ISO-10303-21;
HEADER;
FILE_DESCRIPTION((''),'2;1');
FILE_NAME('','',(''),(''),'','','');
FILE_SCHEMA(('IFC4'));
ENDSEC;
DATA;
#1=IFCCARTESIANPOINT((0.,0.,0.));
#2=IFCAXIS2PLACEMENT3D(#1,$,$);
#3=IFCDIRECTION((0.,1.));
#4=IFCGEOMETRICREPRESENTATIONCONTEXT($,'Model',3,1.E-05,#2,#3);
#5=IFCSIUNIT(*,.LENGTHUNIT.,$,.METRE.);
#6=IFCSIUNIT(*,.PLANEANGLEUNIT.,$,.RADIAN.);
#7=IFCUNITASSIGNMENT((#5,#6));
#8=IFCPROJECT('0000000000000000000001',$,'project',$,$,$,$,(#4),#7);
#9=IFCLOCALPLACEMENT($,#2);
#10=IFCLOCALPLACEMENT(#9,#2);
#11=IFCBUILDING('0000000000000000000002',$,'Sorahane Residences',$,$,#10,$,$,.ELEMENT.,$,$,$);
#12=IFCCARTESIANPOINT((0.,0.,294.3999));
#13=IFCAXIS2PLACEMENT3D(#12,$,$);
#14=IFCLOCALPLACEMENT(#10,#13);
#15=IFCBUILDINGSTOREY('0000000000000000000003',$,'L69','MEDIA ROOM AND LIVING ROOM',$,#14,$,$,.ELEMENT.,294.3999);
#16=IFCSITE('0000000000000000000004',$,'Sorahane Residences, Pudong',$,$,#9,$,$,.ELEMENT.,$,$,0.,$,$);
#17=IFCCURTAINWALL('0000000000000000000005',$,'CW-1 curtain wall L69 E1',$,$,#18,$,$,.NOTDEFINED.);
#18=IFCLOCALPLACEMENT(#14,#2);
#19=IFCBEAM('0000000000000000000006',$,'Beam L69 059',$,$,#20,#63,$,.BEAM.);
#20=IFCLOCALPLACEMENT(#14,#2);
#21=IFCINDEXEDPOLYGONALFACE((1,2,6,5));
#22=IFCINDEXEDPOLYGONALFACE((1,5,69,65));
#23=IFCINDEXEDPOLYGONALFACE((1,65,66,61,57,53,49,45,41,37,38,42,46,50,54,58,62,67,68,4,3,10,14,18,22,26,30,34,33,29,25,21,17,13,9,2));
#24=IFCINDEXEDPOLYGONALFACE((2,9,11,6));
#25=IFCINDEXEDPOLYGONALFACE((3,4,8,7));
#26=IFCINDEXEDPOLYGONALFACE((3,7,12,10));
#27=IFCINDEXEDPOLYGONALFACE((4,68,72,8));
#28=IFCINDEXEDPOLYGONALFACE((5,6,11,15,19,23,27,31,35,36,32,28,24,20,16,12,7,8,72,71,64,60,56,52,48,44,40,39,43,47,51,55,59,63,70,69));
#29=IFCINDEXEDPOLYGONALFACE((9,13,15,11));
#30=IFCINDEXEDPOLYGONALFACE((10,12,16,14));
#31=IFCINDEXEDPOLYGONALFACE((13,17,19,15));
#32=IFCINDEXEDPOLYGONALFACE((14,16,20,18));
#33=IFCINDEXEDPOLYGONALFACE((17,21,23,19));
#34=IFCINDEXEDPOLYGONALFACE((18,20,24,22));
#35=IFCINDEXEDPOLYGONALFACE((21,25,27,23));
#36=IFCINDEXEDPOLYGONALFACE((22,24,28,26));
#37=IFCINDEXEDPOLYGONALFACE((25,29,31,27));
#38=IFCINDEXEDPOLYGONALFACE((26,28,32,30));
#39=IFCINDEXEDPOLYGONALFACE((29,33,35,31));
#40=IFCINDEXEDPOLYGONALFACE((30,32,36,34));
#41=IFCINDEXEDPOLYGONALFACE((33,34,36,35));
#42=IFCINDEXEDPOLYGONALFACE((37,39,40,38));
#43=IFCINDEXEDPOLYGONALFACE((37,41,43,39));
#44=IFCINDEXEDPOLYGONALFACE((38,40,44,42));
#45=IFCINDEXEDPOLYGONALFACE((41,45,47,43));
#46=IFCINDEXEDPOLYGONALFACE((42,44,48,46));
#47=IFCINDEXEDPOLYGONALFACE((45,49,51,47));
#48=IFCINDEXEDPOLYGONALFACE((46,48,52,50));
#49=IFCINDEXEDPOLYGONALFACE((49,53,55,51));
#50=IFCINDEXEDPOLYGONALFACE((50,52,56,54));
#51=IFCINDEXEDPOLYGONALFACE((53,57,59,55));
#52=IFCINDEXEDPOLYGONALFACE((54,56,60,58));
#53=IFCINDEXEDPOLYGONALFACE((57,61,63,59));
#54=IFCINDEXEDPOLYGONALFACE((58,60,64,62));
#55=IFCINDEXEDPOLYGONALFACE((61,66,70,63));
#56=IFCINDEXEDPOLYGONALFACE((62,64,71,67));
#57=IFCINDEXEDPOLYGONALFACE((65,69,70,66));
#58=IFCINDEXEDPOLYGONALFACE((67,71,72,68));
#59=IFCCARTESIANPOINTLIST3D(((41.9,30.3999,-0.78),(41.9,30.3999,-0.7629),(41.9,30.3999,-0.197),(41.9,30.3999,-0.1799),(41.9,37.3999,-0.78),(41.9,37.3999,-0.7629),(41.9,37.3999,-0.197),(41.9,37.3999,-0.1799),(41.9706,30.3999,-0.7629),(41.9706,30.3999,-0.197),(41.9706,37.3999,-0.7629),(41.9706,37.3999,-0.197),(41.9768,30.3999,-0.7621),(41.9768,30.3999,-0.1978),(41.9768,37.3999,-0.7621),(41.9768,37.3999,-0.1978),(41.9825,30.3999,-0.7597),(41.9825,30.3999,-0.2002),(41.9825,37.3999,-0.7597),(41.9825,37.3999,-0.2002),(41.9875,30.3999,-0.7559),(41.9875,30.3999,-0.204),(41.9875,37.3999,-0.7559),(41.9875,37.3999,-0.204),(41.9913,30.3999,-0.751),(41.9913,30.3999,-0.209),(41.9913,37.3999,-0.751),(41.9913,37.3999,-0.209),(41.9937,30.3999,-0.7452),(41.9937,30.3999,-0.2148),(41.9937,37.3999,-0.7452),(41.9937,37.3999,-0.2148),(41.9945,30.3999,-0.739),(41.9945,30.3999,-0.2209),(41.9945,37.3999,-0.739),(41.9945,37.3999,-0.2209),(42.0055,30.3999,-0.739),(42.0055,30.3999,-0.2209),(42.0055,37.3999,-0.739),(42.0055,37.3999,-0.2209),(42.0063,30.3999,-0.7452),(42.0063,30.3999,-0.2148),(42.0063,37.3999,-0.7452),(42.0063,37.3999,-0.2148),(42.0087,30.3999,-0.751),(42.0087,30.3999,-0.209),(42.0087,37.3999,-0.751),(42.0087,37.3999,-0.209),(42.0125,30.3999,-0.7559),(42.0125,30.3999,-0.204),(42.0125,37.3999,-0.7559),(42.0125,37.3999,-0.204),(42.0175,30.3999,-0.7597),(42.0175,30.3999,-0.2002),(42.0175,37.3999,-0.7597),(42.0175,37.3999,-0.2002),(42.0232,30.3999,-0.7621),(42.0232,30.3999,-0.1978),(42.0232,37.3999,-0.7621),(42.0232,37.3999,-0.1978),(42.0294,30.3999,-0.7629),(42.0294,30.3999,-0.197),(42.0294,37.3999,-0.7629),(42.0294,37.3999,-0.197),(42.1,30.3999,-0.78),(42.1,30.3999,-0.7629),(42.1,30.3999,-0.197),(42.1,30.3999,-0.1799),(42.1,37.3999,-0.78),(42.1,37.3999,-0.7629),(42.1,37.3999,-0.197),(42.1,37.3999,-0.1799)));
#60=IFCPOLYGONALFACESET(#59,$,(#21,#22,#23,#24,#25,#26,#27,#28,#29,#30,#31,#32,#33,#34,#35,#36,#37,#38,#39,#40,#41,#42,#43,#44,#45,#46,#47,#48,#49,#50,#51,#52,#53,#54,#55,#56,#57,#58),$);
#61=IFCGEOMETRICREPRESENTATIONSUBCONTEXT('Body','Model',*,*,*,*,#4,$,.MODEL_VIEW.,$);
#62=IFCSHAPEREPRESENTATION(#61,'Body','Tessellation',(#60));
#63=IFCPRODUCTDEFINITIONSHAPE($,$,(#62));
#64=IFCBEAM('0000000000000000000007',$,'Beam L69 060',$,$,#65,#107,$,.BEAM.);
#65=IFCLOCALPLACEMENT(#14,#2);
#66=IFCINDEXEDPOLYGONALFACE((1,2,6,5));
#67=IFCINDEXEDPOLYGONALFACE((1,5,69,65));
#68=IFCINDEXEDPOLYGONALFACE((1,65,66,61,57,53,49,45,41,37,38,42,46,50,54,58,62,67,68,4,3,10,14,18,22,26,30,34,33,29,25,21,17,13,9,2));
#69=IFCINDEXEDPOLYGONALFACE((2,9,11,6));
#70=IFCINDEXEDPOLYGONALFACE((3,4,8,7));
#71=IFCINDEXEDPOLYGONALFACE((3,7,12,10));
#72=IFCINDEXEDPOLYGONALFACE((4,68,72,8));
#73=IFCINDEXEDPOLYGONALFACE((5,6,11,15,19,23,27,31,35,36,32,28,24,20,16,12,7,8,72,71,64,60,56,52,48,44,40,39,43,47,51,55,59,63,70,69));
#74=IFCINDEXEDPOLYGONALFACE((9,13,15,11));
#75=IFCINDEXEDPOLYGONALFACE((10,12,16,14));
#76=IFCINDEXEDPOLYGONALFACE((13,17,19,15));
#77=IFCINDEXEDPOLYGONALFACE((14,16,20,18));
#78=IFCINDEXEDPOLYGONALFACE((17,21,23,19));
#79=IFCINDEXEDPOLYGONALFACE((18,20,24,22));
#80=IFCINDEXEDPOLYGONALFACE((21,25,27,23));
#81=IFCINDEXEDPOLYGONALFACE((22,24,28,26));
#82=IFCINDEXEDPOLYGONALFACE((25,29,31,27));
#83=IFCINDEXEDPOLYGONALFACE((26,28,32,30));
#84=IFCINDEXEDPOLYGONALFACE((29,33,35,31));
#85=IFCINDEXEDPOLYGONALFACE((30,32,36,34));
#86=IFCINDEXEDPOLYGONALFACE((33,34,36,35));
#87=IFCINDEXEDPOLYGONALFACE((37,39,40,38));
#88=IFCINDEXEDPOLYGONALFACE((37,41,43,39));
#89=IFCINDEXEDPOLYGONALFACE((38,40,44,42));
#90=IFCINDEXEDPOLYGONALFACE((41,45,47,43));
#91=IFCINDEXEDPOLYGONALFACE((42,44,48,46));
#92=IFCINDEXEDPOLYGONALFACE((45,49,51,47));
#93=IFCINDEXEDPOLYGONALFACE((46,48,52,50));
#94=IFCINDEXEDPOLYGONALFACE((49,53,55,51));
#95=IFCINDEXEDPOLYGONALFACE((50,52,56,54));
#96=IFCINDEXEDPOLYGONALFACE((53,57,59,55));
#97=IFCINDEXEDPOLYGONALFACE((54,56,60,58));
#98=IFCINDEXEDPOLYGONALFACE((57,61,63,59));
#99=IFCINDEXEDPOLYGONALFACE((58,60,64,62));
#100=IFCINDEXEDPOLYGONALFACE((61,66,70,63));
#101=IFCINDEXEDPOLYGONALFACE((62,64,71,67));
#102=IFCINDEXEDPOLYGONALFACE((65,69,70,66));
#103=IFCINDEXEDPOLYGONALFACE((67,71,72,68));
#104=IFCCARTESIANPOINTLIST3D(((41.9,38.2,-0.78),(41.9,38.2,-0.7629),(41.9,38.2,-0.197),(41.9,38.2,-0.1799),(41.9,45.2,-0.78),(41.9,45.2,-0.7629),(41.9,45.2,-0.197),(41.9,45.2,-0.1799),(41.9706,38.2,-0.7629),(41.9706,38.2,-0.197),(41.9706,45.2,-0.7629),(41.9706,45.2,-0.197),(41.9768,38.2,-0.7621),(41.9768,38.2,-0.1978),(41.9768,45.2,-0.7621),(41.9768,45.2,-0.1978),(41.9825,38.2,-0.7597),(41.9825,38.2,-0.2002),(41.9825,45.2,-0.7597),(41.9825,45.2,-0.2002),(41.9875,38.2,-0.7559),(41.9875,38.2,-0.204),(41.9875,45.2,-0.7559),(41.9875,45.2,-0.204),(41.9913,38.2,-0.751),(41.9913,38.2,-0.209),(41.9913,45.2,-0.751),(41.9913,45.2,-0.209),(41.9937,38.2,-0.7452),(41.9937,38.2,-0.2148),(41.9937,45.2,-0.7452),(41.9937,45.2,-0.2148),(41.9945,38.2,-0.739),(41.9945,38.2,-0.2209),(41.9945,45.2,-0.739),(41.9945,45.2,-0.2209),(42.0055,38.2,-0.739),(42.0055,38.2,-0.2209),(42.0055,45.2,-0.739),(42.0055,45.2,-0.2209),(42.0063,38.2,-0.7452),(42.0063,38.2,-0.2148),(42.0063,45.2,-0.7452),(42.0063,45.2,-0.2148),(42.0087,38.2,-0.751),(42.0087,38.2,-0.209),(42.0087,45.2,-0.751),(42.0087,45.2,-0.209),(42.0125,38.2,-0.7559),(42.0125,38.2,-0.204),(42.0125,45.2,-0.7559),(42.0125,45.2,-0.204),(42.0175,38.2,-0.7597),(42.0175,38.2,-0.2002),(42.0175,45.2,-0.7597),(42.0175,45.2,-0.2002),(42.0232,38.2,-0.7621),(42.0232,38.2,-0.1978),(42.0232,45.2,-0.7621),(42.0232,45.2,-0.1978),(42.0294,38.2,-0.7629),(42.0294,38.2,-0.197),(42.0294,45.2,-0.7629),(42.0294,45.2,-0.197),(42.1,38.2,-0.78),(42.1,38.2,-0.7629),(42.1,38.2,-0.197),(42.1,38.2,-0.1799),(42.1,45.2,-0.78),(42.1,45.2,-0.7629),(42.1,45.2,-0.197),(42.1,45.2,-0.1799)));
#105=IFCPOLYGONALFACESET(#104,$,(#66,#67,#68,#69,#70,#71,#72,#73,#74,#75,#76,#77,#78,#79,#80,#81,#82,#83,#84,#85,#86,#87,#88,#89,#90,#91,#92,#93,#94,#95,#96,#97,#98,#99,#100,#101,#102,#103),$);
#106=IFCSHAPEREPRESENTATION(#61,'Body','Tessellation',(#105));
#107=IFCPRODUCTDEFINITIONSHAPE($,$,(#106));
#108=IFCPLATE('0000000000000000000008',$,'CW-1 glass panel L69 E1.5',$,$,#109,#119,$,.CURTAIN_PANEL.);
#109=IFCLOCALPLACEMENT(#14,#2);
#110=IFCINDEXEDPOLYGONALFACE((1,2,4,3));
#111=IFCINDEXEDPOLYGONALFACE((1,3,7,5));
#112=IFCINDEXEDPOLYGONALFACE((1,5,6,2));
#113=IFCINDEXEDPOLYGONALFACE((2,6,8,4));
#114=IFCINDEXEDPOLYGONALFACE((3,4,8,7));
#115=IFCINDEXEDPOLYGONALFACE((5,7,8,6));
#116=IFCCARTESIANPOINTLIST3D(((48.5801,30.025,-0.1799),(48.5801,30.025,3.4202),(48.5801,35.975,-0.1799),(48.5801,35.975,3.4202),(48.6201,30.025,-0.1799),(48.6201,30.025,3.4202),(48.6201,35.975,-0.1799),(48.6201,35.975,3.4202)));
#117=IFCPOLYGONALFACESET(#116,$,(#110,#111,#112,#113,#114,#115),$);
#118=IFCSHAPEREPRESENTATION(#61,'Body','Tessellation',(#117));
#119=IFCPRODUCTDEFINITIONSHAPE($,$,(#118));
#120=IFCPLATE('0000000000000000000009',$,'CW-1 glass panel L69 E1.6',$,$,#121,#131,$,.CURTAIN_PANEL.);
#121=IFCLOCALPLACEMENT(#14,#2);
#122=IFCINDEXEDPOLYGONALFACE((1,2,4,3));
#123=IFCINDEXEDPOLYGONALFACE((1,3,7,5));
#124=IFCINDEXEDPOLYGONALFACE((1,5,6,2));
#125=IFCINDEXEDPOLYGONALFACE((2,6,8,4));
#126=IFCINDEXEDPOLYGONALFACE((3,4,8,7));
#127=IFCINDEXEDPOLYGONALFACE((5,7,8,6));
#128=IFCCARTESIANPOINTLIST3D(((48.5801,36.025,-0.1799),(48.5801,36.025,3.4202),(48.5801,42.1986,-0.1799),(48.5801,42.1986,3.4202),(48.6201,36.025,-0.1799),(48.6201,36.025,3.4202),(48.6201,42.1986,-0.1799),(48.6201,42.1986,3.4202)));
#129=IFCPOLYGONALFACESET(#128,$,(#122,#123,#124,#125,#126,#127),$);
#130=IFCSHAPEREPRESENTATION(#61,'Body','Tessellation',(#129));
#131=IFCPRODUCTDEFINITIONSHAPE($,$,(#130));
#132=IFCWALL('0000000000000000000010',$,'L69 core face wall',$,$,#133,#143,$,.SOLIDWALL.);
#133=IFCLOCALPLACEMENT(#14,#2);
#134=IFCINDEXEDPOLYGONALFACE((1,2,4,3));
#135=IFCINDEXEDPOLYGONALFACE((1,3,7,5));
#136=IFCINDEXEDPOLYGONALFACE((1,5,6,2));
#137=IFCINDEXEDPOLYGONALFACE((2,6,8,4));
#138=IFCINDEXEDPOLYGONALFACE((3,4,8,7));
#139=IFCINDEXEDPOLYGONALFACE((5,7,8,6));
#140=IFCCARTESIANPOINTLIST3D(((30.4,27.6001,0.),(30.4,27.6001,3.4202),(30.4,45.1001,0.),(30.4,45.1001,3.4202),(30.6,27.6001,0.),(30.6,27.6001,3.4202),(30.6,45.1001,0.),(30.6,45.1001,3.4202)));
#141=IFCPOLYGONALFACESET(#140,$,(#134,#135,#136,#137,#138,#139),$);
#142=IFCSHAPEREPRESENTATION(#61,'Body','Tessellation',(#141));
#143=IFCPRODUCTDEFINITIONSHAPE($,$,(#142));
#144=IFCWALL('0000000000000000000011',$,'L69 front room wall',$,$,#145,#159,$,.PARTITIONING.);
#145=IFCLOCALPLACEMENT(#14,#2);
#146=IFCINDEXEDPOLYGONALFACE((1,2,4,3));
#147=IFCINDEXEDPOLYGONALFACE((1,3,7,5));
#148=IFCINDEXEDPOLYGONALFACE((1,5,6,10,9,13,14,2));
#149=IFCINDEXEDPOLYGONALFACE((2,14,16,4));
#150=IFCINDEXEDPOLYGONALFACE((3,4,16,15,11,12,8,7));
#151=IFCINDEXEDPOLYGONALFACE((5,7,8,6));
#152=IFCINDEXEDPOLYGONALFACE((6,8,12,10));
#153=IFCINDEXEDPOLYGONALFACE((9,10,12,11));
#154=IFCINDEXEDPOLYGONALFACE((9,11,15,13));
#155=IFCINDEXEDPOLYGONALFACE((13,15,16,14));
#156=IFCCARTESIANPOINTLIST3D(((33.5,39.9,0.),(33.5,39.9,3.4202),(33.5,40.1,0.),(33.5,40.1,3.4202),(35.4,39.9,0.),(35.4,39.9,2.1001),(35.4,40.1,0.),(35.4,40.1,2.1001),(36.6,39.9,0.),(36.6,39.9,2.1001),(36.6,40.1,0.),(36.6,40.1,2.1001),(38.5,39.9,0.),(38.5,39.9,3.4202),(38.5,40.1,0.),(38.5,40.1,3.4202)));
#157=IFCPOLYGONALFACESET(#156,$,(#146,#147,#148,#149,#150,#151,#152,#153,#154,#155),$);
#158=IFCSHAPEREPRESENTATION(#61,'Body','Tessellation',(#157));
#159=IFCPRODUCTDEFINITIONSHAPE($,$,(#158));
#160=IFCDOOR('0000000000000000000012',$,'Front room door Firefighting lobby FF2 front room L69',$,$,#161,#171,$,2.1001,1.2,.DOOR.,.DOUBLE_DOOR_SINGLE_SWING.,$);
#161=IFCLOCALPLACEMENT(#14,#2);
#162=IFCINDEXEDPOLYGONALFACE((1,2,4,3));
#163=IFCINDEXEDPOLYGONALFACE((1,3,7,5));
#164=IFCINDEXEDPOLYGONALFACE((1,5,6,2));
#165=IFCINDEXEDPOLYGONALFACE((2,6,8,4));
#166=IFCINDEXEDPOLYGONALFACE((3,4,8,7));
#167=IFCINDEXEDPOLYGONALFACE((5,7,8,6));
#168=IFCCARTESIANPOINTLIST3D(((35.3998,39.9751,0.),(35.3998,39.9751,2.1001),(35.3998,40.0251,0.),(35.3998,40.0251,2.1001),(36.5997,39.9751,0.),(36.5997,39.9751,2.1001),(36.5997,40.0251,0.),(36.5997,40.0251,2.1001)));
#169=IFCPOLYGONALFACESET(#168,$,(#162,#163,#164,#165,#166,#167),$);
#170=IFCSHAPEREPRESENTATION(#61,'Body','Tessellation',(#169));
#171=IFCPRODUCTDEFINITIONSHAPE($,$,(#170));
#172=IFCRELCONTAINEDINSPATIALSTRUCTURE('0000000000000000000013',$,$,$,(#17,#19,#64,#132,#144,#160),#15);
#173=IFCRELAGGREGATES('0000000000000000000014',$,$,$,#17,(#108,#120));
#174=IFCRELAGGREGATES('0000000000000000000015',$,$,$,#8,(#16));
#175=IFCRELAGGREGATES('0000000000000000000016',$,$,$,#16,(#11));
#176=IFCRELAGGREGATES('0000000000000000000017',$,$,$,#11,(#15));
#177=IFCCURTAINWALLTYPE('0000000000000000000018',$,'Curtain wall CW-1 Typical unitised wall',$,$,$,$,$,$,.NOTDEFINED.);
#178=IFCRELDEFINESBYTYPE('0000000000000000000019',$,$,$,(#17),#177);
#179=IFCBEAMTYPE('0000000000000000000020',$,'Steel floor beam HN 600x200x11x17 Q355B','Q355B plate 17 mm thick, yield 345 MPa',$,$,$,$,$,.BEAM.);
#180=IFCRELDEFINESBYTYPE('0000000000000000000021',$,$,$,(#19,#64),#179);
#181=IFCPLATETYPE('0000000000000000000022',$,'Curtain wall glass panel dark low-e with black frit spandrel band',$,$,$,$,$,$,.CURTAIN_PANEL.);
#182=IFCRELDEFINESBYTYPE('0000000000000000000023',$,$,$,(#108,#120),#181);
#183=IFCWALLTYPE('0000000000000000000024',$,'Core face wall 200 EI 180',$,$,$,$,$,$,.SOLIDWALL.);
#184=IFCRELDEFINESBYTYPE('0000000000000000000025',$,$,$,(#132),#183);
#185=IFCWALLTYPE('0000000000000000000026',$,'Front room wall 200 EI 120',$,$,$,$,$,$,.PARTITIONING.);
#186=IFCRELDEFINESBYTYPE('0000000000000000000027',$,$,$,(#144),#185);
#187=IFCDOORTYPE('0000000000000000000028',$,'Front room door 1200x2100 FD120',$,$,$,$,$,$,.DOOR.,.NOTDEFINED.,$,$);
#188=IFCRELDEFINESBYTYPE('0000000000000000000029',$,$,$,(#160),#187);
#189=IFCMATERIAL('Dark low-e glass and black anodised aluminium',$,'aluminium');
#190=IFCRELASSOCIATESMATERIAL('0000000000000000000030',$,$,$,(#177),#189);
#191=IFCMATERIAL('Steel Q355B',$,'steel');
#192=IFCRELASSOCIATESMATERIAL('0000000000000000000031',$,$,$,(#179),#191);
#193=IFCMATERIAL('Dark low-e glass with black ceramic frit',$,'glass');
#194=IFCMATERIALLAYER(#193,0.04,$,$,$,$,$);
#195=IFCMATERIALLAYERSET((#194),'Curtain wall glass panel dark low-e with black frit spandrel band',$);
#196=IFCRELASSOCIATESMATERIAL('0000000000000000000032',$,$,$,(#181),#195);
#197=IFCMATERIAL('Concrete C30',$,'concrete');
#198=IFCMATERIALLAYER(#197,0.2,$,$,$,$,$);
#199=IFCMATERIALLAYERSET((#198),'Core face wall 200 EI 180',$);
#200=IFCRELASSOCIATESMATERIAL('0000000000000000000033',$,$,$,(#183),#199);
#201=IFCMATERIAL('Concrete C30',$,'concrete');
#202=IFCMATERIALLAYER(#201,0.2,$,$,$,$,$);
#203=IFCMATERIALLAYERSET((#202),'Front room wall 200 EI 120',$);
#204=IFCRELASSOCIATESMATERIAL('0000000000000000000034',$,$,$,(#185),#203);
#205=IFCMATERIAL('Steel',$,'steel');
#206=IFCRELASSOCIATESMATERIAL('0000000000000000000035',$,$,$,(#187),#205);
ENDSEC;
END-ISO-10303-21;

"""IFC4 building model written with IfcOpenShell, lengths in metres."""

from ifc_helpers import new_model, si_unit, direction, frame, frame_2d, origin, origin_2d, place, context, subcontext, project, spatial, rectangle, i_section, extrude, material, layer, layer_set, material_profile, profile_set, type_object, element, fill, aggregate, save


model = new_model("IFC4")

# Units and contexts
model_context = context("Model", 3, precision=1e-05, world=origin(), true_north=direction((0.0, 1.0)))
body_context = subcontext(model_context, "Body", "Model", "MODEL_VIEW")
ifc_project = project(units=[si_unit("LENGTHUNIT", "METRE"), si_unit("PLANEANGLEUNIT", "RADIAN")], contexts=[model_context])

# Site, building, storey
site_placement = place(None, origin())
site = spatial("IfcSite", under=ifc_project, at=site_placement, Name="Sorahane Residences, Pudong", CompositionType="ELEMENT", RefElevation=0.0)
building_placement = place(site_placement, origin())
building = spatial("IfcBuilding", under=site, at=building_placement, Name="Sorahane Residences", CompositionType="ELEMENT")
storey_placement = place(building_placement, frame((0.0, 0.0, 294.3999)))
storey = spatial("IfcBuildingStorey", under=building, at=storey_placement, Name="L69", Description="MEDIA ROOM AND LIVING ROOM", CompositionType="ELEMENT", Elevation=294.3999)

# Curtain wall
ifc_material_1 = material(Name="Dark low-e glass and black anodised aluminium", Category="aluminium")
curtain_wall_type = type_object("IfcCurtainWallType", Name="Curtain wall CW-1 Typical unitised wall", PredefinedType="NOTDEFINED", material=ifc_material_1)
curtain_wall_placement = place(storey_placement, origin())
curtain_wall = element("IfcCurtainWall", 1, at=curtain_wall_placement, inside=storey, type_object=curtain_wall_type, Name="CW-1 curtain wall L69 E1", PredefinedType="NOTDEFINED")

# Beams
ifc_material_2 = material(Name="Steel Q355B", Category="steel")
ifc_material_profile_1 = material_profile(ifc_material_2, i_section(OverallWidth=0.2, OverallDepth=0.6001, WebThickness=0.011, FlangeThickness=0.0171, FilletRadius=0.0239, at=origin_2d()), Name="HN 600x200x11x17")
ifc_profile_set_1 = profile_set([ifc_material_profile_1], Name="Steel Q355B")
beam_type_1 = type_object("IfcBeamType", Name="Steel floor beam HN 600x200x11x17 Q355B", Description="Q355B plate 17 mm thick, yield 345 MPa", PredefinedType="BEAM", material=ifc_profile_set_1)
for number, where, z_axis, x_axis, name in (
    (2, (42.0, 30.3999, -0.48), (0.0, 1.0, 0.0), (-1.0, 0.0, 0.0), "Beam L69 059"),
    (3, (42.0, 38.2, -0.48), (0.0, 1.0, 0.0), (-1.0, 0.0, 0.0), "Beam L69 060"),
):
    element("IfcBeam", number, at=place(storey_placement, frame(where, z_axis=z_axis, x_axis=x_axis)), inside=storey, type_object=beam_type_1, Name=name, PredefinedType="BEAM", context=body_context, shape_type="SweptSolid", body=[
        extrude(i_section(OverallWidth=0.2, OverallDepth=0.6001, WebThickness=0.011, FlangeThickness=0.0171, FilletRadius=0.0239, at=origin_2d()), origin(), (0.0, 0.0, 1.0), 7.0),
    ])

# Plates
ifc_material_3 = material(Name="Dark low-e glass with black ceramic frit", Category="glass")
ifc_layer_1 = layer(ifc_material_3, 0.04)
ifc_layer_set_1 = layer_set([ifc_layer_1], Name="Curtain wall glass panel dark low-e with black frit spandrel band")
plate_type = type_object("IfcPlateType", Name="Curtain wall glass panel dark low-e with black frit spandrel band", PredefinedType="CURTAIN_PANEL", material=ifc_layer_set_1)
plate_1_placement = place(storey_placement, frame((48.6001, 33.0, -0.1799), z_axis=(0.0, 0.0, 1.0), x_axis=(0.0, 1.0, 0.0)))
plate_1 = element("IfcPlate", 4, at=plate_1_placement, type_object=plate_type, Name="CW-1 glass panel L69 E1.5", PredefinedType="CURTAIN_PANEL", context=body_context, shape_type="SweptSolid", body=[
    extrude(rectangle(XDim=5.95, YDim=0.04, at=origin_2d()), origin(), (0.0, 0.0, 1.0), 3.6001),
])
plate_2_placement = place(storey_placement, frame((48.6001, 39.1118, -0.1799), z_axis=(0.0, 0.0, 1.0), x_axis=(0.0, 1.0, 0.0)))
plate_2 = element("IfcPlate", 5, at=plate_2_placement, type_object=plate_type, Name="CW-1 glass panel L69 E1.6", PredefinedType="CURTAIN_PANEL", context=body_context, shape_type="SweptSolid", body=[
    extrude(rectangle(XDim=6.1736, YDim=0.04, at=origin_2d()), origin(), (0.0, 0.0, 1.0), 3.6001),
])
aggregate(curtain_wall, [plate_1, plate_2])

# Wall
ifc_material_4 = material(Name="Concrete C30", Category="concrete")
ifc_layer_2 = layer(ifc_material_4, 0.2)
ifc_layer_set_2 = layer_set([ifc_layer_2], Name="Core face wall 200 EI 180")
wall_type_1 = type_object("IfcWallType", Name="Core face wall 200 EI 180", PredefinedType="SOLIDWALL", material=ifc_layer_set_2)
wall_1_placement = place(storey_placement, frame((30.5, 27.6001, 0.0), z_axis=(0.0, 0.0, 1.0), x_axis=(0.0, 1.0, 0.0)))
element("IfcWall", 6, at=wall_1_placement, inside=storey, type_object=wall_type_1, Name="L69 core face wall", PredefinedType="SOLIDWALL", context=body_context, shape_type="SweptSolid", body=[
    extrude(rectangle(XDim=17.5, YDim=0.2, at=frame_2d((8.75, 0.0))), origin(), (0.0, 0.0, 1.0), 3.4202),
])

# Wall, opening, door
ifc_material_5 = material(Name="Concrete C30", Category="concrete")
ifc_layer_3 = layer(ifc_material_5, 0.2)
ifc_layer_set_3 = layer_set([ifc_layer_3], Name="Front room wall 200 EI 120")
wall_type_2 = type_object("IfcWallType", Name="Front room wall 200 EI 120", PredefinedType="PARTITIONING", material=ifc_layer_set_3)
wall_2_placement = place(storey_placement, frame((33.5, 40.0, 0.0), z_axis=(0.0, 0.0, 1.0), x_axis=(1.0, 0.0, 0.0)))
wall_2 = element("IfcWall", 7, at=wall_2_placement, inside=storey, type_object=wall_type_2, Name="L69 front room wall", PredefinedType="PARTITIONING", context=body_context, shape_type="SweptSolid", body=[
    extrude(rectangle(XDim=5.0, YDim=0.2, at=frame_2d((2.5, 0.0))), origin(), (0.0, 0.0, 1.0), 3.4202),
])
opening_1_placement = place(wall_2_placement, frame((1.8999, 0.0, 0.0)))
opening_1 = element("IfcOpeningElement", 8, at=opening_1_placement, cuts=wall_2, PredefinedType="OPENING", context=body_context, shape_type="SweptSolid", body=[
    extrude(rectangle(XDim=1.2, YDim=2.1001, at=frame_2d((0.6001, 1.05))), frame((0.0, 0.1099, 0.0), z_axis=(0.0, -1.0, 0.0), x_axis=(1.0, 0.0, 0.0)), (0.0, 0.0, 1.0), 0.22),
])
ifc_material_6 = material(Name="Steel", Category="steel")
door_type_1 = type_object("IfcDoorType", Name="Front room door 1200x2100 FD120", OperationType="NOTDEFINED", PredefinedType="DOOR", material=ifc_material_6)
door_1_placement = place(opening_1_placement, frame((1.2, 0.0, 0.0), z_axis=(0.0, 0.0, 1.0), x_axis=(-1.0, 0.0, 0.0)))
door_1 = element("IfcDoor", 9, at=door_1_placement, inside=storey, type_object=door_type_1, Name="Front room door Firefighting lobby FF2 front room L69", OperationType="DOUBLE_DOOR_SINGLE_SWING", OverallHeight=2.1001, OverallWidth=1.2, PredefinedType="DOOR", context=body_context, shape_type="SweptSolid", body=[
    extrude(rectangle(XDim=1.2, YDim=2.1001, at=frame_2d((0.6001, 1.05))), frame((0.0, 0.0249, 0.0), z_axis=(0.0, -1.0, 0.0), x_axis=(1.0, 0.0, 0.0)), (0.0, 0.0, 1.0), 0.05),
])
fill(opening_1, door_1)

save(model, "model.ifc")
